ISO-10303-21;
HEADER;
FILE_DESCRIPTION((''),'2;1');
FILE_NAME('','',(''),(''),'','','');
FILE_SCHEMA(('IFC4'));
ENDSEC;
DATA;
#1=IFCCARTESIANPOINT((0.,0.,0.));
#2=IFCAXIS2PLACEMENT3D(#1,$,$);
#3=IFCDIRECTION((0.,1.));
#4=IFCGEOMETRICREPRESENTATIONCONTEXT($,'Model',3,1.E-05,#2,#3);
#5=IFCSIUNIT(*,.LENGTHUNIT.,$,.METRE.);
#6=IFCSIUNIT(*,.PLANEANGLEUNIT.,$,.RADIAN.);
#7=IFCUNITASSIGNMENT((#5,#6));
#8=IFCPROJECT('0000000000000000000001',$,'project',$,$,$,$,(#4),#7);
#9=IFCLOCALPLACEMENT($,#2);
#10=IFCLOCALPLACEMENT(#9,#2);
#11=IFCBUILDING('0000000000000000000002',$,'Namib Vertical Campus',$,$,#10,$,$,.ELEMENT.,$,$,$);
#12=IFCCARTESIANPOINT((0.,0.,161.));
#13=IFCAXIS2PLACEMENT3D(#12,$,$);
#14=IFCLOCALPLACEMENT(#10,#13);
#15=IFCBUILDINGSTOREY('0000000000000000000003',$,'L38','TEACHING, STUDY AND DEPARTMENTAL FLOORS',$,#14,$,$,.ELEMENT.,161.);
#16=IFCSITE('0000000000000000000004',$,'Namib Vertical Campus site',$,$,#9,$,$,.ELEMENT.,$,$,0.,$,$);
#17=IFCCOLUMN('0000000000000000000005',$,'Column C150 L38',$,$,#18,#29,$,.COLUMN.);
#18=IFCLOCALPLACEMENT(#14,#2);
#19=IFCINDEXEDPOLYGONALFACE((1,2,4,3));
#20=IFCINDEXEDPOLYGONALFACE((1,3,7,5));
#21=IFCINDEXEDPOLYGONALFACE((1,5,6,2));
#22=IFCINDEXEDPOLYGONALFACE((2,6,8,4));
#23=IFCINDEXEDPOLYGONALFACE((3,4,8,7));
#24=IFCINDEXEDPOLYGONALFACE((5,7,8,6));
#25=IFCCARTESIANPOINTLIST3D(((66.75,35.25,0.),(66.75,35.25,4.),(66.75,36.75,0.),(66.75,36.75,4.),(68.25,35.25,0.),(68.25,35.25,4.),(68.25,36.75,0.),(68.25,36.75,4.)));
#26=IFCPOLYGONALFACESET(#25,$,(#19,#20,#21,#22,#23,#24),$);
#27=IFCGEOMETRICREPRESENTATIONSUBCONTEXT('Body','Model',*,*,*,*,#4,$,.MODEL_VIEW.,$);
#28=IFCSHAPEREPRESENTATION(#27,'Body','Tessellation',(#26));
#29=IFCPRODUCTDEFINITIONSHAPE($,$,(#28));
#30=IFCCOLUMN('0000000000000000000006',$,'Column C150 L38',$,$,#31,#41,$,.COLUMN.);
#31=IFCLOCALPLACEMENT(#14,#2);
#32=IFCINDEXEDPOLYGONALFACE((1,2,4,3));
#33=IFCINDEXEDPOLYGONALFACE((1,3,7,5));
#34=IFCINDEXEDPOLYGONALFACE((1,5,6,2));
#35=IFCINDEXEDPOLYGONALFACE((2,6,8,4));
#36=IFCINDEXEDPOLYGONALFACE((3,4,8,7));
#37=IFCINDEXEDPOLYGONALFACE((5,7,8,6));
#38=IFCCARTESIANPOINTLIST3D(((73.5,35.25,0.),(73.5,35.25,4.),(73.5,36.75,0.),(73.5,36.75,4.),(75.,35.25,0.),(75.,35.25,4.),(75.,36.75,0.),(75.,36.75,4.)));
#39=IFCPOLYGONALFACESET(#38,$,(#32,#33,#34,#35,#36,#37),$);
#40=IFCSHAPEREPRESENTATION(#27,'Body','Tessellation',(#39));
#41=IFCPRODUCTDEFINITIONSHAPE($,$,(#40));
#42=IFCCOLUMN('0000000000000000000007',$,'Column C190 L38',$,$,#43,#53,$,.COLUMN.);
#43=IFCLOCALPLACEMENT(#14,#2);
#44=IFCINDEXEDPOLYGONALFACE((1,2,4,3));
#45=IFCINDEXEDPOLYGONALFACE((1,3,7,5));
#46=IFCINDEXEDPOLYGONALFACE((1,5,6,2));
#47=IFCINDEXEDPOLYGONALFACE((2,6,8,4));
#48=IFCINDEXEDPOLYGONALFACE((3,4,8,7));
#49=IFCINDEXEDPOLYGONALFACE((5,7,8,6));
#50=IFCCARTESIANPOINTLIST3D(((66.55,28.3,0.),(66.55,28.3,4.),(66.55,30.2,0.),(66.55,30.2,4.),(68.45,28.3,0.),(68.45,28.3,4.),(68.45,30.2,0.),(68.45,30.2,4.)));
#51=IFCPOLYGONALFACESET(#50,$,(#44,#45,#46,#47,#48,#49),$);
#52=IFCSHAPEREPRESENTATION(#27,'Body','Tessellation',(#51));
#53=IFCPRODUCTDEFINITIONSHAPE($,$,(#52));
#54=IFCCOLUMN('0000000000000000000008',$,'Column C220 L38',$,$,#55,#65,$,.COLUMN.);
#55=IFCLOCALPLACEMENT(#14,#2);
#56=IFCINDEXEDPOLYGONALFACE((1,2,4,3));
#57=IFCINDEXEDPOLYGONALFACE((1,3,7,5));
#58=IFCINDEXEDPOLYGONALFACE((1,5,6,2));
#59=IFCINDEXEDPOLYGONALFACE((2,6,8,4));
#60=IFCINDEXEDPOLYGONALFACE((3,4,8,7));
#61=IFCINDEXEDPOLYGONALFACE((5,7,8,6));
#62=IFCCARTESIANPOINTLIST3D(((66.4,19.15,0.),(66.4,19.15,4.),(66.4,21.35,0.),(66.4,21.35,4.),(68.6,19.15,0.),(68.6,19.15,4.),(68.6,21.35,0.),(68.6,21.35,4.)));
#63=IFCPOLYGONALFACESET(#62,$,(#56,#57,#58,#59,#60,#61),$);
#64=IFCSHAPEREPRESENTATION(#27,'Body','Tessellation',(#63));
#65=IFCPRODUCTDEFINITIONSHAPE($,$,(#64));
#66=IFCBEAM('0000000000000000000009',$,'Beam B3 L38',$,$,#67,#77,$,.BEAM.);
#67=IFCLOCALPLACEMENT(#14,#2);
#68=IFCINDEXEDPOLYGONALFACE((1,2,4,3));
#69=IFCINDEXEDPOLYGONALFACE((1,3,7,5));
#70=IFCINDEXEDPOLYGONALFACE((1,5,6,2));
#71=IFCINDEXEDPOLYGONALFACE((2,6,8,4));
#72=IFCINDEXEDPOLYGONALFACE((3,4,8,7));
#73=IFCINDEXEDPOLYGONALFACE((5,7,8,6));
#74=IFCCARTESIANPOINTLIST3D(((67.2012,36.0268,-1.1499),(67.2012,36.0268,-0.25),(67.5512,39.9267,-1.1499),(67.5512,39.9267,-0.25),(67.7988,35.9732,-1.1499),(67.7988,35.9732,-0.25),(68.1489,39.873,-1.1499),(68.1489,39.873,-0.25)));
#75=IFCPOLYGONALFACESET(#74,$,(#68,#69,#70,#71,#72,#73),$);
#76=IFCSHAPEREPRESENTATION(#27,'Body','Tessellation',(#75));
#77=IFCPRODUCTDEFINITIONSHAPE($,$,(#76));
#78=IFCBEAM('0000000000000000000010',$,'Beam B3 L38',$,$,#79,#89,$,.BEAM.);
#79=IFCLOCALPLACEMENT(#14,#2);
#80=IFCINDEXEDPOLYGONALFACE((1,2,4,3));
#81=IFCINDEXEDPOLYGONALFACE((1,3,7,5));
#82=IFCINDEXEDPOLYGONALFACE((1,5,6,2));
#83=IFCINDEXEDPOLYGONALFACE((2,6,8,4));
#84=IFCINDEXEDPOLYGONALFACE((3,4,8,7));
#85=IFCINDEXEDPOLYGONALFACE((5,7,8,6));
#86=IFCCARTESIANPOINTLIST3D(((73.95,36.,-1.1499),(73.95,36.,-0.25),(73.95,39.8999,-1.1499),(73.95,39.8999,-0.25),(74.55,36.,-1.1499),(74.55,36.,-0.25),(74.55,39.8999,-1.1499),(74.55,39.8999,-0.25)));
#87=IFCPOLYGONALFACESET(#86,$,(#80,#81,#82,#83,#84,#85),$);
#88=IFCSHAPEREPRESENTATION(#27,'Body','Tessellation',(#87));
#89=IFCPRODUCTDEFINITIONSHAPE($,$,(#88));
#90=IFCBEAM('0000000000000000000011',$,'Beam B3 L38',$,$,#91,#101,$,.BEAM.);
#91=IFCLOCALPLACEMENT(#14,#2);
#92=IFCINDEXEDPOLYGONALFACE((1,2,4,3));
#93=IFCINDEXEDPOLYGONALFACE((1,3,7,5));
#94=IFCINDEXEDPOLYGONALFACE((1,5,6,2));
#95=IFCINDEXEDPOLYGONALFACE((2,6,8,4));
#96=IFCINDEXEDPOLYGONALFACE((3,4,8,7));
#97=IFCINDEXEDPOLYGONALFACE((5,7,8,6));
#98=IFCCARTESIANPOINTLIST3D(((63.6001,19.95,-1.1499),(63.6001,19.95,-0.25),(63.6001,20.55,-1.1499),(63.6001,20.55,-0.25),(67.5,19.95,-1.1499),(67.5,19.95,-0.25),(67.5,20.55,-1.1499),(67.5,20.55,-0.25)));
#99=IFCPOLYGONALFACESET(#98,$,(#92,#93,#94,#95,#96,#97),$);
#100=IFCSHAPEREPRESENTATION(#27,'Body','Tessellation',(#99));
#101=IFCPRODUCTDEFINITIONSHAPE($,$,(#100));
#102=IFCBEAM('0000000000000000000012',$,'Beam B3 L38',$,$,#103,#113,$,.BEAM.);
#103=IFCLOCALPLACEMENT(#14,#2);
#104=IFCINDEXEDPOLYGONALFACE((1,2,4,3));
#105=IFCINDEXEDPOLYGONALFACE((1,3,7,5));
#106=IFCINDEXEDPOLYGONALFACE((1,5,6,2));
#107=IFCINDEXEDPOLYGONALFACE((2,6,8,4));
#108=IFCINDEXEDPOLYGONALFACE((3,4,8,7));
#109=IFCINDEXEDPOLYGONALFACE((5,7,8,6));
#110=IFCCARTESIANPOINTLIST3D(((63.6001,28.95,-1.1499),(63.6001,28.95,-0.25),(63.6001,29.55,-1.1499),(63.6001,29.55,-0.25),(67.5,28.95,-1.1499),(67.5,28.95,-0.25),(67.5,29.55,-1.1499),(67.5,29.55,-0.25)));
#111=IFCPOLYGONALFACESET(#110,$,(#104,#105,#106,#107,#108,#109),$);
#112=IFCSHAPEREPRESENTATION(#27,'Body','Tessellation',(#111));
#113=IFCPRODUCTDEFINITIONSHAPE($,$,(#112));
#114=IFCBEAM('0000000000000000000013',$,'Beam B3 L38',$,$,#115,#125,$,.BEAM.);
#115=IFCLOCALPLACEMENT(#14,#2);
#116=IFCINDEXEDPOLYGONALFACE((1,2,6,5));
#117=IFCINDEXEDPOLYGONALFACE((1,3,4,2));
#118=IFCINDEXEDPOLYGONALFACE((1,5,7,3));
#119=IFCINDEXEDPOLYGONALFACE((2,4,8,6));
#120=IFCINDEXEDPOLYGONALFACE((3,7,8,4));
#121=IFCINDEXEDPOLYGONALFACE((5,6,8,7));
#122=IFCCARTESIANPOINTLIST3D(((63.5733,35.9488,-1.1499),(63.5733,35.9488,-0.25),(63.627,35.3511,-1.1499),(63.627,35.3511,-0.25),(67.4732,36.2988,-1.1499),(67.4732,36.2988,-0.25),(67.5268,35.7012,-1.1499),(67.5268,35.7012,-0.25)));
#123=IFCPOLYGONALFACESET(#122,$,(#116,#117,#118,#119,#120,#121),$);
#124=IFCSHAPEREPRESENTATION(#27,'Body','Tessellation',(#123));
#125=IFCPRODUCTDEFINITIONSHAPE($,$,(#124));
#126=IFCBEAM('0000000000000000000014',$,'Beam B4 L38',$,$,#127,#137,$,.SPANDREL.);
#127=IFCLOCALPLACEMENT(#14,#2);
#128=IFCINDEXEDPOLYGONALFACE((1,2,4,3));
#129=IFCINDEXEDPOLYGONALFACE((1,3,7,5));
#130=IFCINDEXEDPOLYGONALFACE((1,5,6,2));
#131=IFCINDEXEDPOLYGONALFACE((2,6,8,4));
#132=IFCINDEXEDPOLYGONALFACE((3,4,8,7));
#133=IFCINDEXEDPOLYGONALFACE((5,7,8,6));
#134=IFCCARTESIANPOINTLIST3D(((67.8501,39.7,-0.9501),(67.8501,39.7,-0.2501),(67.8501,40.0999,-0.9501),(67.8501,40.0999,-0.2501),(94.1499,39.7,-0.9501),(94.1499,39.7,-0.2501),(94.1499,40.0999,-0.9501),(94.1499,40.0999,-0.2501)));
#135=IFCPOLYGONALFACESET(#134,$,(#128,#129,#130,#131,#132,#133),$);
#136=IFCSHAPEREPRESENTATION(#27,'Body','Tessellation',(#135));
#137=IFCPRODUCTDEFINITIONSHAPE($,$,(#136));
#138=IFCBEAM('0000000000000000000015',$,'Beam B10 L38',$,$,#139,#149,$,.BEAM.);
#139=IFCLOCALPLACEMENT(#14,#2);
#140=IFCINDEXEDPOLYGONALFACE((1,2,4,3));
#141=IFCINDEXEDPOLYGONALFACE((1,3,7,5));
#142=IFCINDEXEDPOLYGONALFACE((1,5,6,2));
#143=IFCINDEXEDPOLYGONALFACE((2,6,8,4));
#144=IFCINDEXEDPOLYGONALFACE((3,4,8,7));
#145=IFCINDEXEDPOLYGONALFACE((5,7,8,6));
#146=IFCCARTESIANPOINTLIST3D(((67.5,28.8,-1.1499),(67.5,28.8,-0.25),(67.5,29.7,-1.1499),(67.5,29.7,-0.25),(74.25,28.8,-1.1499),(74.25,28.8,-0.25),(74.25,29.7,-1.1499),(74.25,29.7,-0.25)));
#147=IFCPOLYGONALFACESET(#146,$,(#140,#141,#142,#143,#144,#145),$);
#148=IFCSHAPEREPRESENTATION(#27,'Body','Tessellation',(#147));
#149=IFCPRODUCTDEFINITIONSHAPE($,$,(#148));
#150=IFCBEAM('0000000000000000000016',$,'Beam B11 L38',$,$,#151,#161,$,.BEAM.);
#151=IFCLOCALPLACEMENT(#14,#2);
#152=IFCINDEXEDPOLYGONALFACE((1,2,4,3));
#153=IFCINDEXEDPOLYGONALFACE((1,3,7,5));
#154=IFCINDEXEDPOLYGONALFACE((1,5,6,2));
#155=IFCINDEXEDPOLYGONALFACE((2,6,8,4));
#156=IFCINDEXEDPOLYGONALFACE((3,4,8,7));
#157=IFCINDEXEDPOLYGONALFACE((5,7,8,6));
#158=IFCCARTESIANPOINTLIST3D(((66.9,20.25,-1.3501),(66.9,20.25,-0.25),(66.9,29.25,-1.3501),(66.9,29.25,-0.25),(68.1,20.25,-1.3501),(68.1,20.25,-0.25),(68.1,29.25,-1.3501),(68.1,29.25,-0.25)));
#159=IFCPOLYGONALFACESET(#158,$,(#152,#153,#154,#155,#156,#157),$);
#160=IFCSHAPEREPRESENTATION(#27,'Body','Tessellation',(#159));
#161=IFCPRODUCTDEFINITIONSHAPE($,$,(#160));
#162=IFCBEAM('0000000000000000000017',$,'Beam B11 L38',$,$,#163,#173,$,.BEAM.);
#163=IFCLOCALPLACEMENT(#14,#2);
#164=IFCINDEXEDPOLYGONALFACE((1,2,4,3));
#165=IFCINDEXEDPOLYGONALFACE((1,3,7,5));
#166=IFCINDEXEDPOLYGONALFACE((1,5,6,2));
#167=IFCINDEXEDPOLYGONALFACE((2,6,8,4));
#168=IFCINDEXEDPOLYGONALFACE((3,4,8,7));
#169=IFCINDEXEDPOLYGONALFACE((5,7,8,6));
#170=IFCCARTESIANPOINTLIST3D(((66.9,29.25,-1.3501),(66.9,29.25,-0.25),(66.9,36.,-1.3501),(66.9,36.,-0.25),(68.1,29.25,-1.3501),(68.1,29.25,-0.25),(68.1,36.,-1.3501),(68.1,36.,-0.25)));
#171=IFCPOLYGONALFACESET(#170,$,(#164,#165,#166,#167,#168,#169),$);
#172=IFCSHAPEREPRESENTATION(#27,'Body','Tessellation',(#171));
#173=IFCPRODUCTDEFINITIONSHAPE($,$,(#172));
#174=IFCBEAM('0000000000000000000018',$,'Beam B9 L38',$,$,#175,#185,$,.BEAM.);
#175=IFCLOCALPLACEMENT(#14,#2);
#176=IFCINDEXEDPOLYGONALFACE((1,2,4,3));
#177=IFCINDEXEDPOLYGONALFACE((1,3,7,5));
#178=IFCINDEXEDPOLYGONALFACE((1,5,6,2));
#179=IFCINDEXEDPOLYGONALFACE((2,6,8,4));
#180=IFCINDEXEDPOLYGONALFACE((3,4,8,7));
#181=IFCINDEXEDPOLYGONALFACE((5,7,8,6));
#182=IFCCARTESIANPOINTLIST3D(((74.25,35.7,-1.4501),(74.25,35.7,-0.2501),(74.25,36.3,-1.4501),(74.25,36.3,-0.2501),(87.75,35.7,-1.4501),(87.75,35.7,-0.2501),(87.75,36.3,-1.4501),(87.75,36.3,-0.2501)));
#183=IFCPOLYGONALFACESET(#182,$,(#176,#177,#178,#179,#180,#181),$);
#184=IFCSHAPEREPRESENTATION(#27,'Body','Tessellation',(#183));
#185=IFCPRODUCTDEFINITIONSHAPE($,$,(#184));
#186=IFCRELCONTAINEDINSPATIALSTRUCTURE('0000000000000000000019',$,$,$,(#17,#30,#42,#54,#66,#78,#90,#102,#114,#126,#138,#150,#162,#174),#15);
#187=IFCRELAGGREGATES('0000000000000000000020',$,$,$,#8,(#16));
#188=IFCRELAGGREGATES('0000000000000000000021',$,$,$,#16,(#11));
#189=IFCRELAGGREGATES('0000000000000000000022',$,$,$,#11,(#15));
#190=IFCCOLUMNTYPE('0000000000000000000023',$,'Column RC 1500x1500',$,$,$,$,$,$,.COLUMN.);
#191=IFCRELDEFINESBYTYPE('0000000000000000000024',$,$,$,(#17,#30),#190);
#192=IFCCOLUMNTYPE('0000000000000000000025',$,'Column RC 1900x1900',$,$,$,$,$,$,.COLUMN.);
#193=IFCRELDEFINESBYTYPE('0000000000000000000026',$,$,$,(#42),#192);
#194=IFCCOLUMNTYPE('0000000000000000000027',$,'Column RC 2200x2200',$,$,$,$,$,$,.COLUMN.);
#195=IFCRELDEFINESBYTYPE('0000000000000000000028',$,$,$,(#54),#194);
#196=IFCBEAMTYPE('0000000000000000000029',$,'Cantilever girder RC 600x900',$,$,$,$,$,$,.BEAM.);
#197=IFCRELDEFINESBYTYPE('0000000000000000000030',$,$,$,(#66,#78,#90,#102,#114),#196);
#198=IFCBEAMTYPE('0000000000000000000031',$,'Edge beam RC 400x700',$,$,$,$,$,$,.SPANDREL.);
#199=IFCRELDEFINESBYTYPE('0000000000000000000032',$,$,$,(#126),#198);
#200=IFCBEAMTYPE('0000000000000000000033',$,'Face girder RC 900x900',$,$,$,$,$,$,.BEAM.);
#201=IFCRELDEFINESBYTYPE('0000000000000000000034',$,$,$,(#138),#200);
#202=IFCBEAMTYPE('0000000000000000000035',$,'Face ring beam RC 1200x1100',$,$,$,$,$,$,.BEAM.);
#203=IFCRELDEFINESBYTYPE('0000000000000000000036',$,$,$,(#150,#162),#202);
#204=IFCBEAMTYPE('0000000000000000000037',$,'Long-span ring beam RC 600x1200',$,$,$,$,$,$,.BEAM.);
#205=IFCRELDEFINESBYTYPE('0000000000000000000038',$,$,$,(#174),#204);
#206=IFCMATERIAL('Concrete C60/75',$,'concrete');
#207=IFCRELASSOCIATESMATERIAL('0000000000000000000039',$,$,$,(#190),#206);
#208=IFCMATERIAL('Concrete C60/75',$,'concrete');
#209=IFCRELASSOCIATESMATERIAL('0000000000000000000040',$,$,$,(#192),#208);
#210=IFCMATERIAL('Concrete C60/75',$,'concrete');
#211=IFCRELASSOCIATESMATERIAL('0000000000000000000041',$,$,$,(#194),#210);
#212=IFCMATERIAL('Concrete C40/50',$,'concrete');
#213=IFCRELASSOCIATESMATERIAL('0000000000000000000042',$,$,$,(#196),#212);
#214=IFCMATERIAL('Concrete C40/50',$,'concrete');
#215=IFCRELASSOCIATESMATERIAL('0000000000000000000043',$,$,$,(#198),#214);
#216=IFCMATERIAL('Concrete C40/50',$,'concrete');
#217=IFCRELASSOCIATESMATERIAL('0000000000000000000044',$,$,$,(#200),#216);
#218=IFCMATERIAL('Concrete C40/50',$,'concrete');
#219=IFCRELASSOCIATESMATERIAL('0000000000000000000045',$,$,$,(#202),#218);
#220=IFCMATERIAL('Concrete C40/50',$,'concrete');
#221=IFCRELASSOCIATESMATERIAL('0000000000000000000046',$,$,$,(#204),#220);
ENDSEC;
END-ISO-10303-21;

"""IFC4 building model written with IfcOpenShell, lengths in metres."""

from ifc_helpers import new_model, si_unit, direction, frame, origin, origin_2d, place, context, subcontext, project, spatial, rectangle, extrude, material, material_profile, profile_set, type_object, element, save


model = new_model("IFC4")

# Units and contexts
model_context = context("Model", 3, precision=1e-05, world=origin(), true_north=direction((0.0, 1.0)))
body_context = subcontext(model_context, "Body", "Model", "MODEL_VIEW")
ifc_project = project(units=[si_unit("LENGTHUNIT", "METRE"), si_unit("PLANEANGLEUNIT", "RADIAN")], contexts=[model_context])

# Site, building, storey
site_placement = place(None, origin())
site = spatial("IfcSite", under=ifc_project, at=site_placement, Name="Namib Vertical Campus site", CompositionType="ELEMENT", RefElevation=0.0)
building_placement = place(site_placement, origin())
building = spatial("IfcBuilding", under=site, at=building_placement, Name="Namib Vertical Campus", CompositionType="ELEMENT")
storey_placement = place(building_placement, frame((0.0, 0.0, 161.0)))
storey = spatial("IfcBuildingStorey", under=building, at=storey_placement, Name="L38", Description="TEACHING, STUDY AND DEPARTMENTAL FLOORS", CompositionType="ELEMENT", Elevation=161.0)

# Columns
ifc_material_1 = material(Name="Concrete C60/75", Category="concrete")
ifc_material_profile_1 = material_profile(ifc_material_1, rectangle(XDim=1.5, YDim=1.5, at=origin_2d()))
ifc_profile_set_1 = profile_set([ifc_material_profile_1], Name="Concrete C60/75")
column_type_1 = type_object("IfcColumnType", Name="Column RC 1500x1500", PredefinedType="COLUMN", material=ifc_profile_set_1)
for number, where, z_axis, x_axis, name in (
    (1, (67.5, 36.0, 0.0), (0.0, 0.0, 1.0), (1.0, 0.0, 0.0), "Column C150 L38"),
    (2, (74.25, 36.0, 0.0), (0.0, 0.0, 1.0), (1.0, 0.0, 0.0), "Column C150 L38"),
):
    element("IfcColumn", number, at=place(storey_placement, frame(where, z_axis=z_axis, x_axis=x_axis)), inside=storey, type_object=column_type_1, Name=name, PredefinedType="COLUMN", context=body_context, shape_type="SweptSolid", body=[
        extrude(rectangle(XDim=1.5, YDim=1.5, at=origin_2d()), origin(), (0.0, 0.0, 1.0), 4.0),
    ])
ifc_material_2 = material(Name="Concrete C60/75", Category="concrete")
ifc_material_profile_2 = material_profile(ifc_material_2, rectangle(XDim=1.8999, YDim=1.8999, at=origin_2d()))
ifc_profile_set_2 = profile_set([ifc_material_profile_2], Name="Concrete C60/75")
column_type_2 = type_object("IfcColumnType", Name="Column RC 1900x1900", PredefinedType="COLUMN", material=ifc_profile_set_2)
column_1_placement = place(storey_placement, frame((67.5, 29.25, 0.0), z_axis=(0.0, 0.0, 1.0), x_axis=(1.0, 0.0, 0.0)))
element("IfcColumn", 3, at=column_1_placement, inside=storey, type_object=column_type_2, Name="Column C190 L38", PredefinedType="COLUMN", context=body_context, shape_type="SweptSolid", body=[
    extrude(rectangle(XDim=1.8999, YDim=1.8999, at=origin_2d()), origin(), (0.0, 0.0, 1.0), 4.0),
])
ifc_material_3 = material(Name="Concrete C60/75", Category="concrete")
ifc_material_profile_3 = material_profile(ifc_material_3, rectangle(XDim=2.2, YDim=2.2, at=origin_2d()))
ifc_profile_set_3 = profile_set([ifc_material_profile_3], Name="Concrete C60/75")
column_type_3 = type_object("IfcColumnType", Name="Column RC 2200x2200", PredefinedType="COLUMN", material=ifc_profile_set_3)
column_2_placement = place(storey_placement, frame((67.5, 20.25, 0.0), z_axis=(0.0, 0.0, 1.0), x_axis=(1.0, 0.0, 0.0)))
element("IfcColumn", 4, at=column_2_placement, inside=storey, type_object=column_type_3, Name="Column C220 L38", PredefinedType="COLUMN", context=body_context, shape_type="SweptSolid", body=[
    extrude(rectangle(XDim=2.2, YDim=2.2, at=origin_2d()), origin(), (0.0, 0.0, 1.0), 4.0),
])

# Beams
ifc_material_4 = material(Name="Concrete C40/50", Category="concrete")
ifc_material_profile_4 = material_profile(ifc_material_4, rectangle(XDim=0.6001, YDim=0.8999, at=origin_2d()))
ifc_profile_set_4 = profile_set([ifc_material_profile_4], Name="Concrete C40/50")
beam_type_1 = type_object("IfcBeamType", Name="Cantilever girder RC 600x900", PredefinedType="BEAM", material=ifc_profile_set_4)
beam_1_placement = place(storey_placement, frame((67.5, 36.0, -0.7), z_axis=(0.089411, 0.995995, 0.0), x_axis=(-0.995995, 0.089411, 0.0)))
element("IfcBeam", 5, at=beam_1_placement, inside=storey, type_object=beam_type_1, Name="Beam B3 L38", PredefinedType="BEAM", context=body_context, shape_type="SweptSolid", body=[
    extrude(rectangle(XDim=0.6001, YDim=0.8999, at=origin_2d()), origin(), (0.0, 0.0, 1.0), 3.9155),
])
for number, where, z_axis, x_axis, name in (
    (6, (74.25, 36.0, -0.7), (0.0, 1.0, 0.0), (-1.0, 0.0, 0.0), "Beam B3 L38"),
    (7, (67.5, 20.25, -0.7), (-1.0, 0.0, 0.0), (0.0, -1.0, 0.0), "Beam B3 L38"),
    (8, (67.5, 29.25, -0.7), (-1.0, 0.0, 0.0), (0.0, -1.0, 0.0), "Beam B3 L38"),
):
    element("IfcBeam", number, at=place(storey_placement, frame(where, z_axis=z_axis, x_axis=x_axis)), inside=storey, type_object=beam_type_1, Name=name, PredefinedType="BEAM", context=body_context, shape_type="SweptSolid", body=[
        extrude(rectangle(XDim=0.6001, YDim=0.8999, at=origin_2d()), origin(), (0.0, 0.0, 1.0), 3.8999),
    ])
beam_2_placement = place(storey_placement, frame((67.5, 36.0, -0.7), z_axis=(-0.995995, -0.089411, 0.0), x_axis=(0.089411, -0.995995, 0.0)))
element("IfcBeam", 9, at=beam_2_placement, inside=storey, type_object=beam_type_1, Name="Beam B3 L38", PredefinedType="BEAM", context=body_context, shape_type="SweptSolid", body=[
    extrude(rectangle(XDim=0.6001, YDim=0.8999, at=origin_2d()), origin(), (0.0, 0.0, 1.0), 3.9155),
])
ifc_material_5 = material(Name="Concrete C40/50", Category="concrete")
ifc_material_profile_5 = material_profile(ifc_material_5, rectangle(XDim=0.3999, YDim=0.7, at=origin_2d()))
ifc_profile_set_5 = profile_set([ifc_material_profile_5], Name="Concrete C40/50")
beam_type_2 = type_object("IfcBeamType", Name="Edge beam RC 400x700", PredefinedType="SPANDREL", material=ifc_profile_set_5)
beam_3_placement = place(storey_placement, frame((67.8501, 39.8999, -0.6001), z_axis=(1.0, 0.0, 0.0), x_axis=(0.0, 1.0, 0.0)))
element("IfcBeam", 10, at=beam_3_placement, inside=storey, type_object=beam_type_2, Name="Beam B4 L38", PredefinedType="SPANDREL", context=body_context, shape_type="SweptSolid", body=[
    extrude(rectangle(XDim=0.3999, YDim=0.7, at=origin_2d()), origin(), (0.0, 0.0, 1.0), 26.2998),
])
ifc_material_6 = material(Name="Concrete C40/50", Category="concrete")
ifc_material_profile_6 = material_profile(ifc_material_6, rectangle(XDim=0.8999, YDim=0.8999, at=origin_2d()))
ifc_profile_set_6 = profile_set([ifc_material_profile_6], Name="Concrete C40/50")
beam_type_3 = type_object("IfcBeamType", Name="Face girder RC 900x900", PredefinedType="BEAM", material=ifc_profile_set_6)
beam_4_placement = place(storey_placement, frame((67.5, 29.25, -0.7), z_axis=(1.0, 0.0, 0.0), x_axis=(0.0, 1.0, 0.0)))
element("IfcBeam", 11, at=beam_4_placement, inside=storey, type_object=beam_type_3, Name="Beam B10 L38", PredefinedType="BEAM", context=body_context, shape_type="SweptSolid", body=[
    extrude(rectangle(XDim=0.8999, YDim=0.8999, at=origin_2d()), origin(), (0.0, 0.0, 1.0), 6.75),
])
ifc_material_7 = material(Name="Concrete C40/50", Category="concrete")
ifc_material_profile_7 = material_profile(ifc_material_7, rectangle(XDim=1.2, YDim=1.1001, at=origin_2d()))
ifc_profile_set_7 = profile_set([ifc_material_profile_7], Name="Concrete C40/50")
beam_type_4 = type_object("IfcBeamType", Name="Face ring beam RC 1200x1100", PredefinedType="BEAM", material=ifc_profile_set_7)
beam_5_placement = place(storey_placement, frame((67.5, 20.25, -0.8), z_axis=(0.0, 1.0, 0.0), x_axis=(-1.0, 0.0, 0.0)))
element("IfcBeam", 12, at=beam_5_placement, inside=storey, type_object=beam_type_4, Name="Beam B11 L38", PredefinedType="BEAM", context=body_context, shape_type="SweptSolid", body=[
    extrude(rectangle(XDim=1.2, YDim=1.1001, at=origin_2d()), origin(), (0.0, 0.0, 1.0), 9.0),
])
beam_6_placement = place(storey_placement, frame((67.5, 29.25, -0.8), z_axis=(0.0, 1.0, 0.0), x_axis=(-1.0, 0.0, 0.0)))
element("IfcBeam", 13, at=beam_6_placement, inside=storey, type_object=beam_type_4, Name="Beam B11 L38", PredefinedType="BEAM", context=body_context, shape_type="SweptSolid", body=[
    extrude(rectangle(XDim=1.2, YDim=1.1001, at=origin_2d()), origin(), (0.0, 0.0, 1.0), 6.75),
])
ifc_material_8 = material(Name="Concrete C40/50", Category="concrete")
ifc_material_profile_8 = material_profile(ifc_material_8, rectangle(XDim=0.6001, YDim=1.2, at=origin_2d()))
ifc_profile_set_8 = profile_set([ifc_material_profile_8], Name="Concrete C40/50")
beam_type_5 = type_object("IfcBeamType", Name="Long-span ring beam RC 600x1200", PredefinedType="BEAM", material=ifc_profile_set_8)
beam_7_placement = place(storey_placement, frame((74.25, 36.0, -0.8501), z_axis=(1.0, 0.0, 0.0), x_axis=(0.0, 1.0, 0.0)))
element("IfcBeam", 14, at=beam_7_placement, inside=storey, type_object=beam_type_5, Name="Beam B9 L38", PredefinedType="BEAM", context=body_context, shape_type="SweptSolid", body=[
    extrude(rectangle(XDim=0.6001, YDim=1.2, at=origin_2d()), origin(), (0.0, 0.0, 1.0), 13.5),
])

save(model, "model.ifc")
